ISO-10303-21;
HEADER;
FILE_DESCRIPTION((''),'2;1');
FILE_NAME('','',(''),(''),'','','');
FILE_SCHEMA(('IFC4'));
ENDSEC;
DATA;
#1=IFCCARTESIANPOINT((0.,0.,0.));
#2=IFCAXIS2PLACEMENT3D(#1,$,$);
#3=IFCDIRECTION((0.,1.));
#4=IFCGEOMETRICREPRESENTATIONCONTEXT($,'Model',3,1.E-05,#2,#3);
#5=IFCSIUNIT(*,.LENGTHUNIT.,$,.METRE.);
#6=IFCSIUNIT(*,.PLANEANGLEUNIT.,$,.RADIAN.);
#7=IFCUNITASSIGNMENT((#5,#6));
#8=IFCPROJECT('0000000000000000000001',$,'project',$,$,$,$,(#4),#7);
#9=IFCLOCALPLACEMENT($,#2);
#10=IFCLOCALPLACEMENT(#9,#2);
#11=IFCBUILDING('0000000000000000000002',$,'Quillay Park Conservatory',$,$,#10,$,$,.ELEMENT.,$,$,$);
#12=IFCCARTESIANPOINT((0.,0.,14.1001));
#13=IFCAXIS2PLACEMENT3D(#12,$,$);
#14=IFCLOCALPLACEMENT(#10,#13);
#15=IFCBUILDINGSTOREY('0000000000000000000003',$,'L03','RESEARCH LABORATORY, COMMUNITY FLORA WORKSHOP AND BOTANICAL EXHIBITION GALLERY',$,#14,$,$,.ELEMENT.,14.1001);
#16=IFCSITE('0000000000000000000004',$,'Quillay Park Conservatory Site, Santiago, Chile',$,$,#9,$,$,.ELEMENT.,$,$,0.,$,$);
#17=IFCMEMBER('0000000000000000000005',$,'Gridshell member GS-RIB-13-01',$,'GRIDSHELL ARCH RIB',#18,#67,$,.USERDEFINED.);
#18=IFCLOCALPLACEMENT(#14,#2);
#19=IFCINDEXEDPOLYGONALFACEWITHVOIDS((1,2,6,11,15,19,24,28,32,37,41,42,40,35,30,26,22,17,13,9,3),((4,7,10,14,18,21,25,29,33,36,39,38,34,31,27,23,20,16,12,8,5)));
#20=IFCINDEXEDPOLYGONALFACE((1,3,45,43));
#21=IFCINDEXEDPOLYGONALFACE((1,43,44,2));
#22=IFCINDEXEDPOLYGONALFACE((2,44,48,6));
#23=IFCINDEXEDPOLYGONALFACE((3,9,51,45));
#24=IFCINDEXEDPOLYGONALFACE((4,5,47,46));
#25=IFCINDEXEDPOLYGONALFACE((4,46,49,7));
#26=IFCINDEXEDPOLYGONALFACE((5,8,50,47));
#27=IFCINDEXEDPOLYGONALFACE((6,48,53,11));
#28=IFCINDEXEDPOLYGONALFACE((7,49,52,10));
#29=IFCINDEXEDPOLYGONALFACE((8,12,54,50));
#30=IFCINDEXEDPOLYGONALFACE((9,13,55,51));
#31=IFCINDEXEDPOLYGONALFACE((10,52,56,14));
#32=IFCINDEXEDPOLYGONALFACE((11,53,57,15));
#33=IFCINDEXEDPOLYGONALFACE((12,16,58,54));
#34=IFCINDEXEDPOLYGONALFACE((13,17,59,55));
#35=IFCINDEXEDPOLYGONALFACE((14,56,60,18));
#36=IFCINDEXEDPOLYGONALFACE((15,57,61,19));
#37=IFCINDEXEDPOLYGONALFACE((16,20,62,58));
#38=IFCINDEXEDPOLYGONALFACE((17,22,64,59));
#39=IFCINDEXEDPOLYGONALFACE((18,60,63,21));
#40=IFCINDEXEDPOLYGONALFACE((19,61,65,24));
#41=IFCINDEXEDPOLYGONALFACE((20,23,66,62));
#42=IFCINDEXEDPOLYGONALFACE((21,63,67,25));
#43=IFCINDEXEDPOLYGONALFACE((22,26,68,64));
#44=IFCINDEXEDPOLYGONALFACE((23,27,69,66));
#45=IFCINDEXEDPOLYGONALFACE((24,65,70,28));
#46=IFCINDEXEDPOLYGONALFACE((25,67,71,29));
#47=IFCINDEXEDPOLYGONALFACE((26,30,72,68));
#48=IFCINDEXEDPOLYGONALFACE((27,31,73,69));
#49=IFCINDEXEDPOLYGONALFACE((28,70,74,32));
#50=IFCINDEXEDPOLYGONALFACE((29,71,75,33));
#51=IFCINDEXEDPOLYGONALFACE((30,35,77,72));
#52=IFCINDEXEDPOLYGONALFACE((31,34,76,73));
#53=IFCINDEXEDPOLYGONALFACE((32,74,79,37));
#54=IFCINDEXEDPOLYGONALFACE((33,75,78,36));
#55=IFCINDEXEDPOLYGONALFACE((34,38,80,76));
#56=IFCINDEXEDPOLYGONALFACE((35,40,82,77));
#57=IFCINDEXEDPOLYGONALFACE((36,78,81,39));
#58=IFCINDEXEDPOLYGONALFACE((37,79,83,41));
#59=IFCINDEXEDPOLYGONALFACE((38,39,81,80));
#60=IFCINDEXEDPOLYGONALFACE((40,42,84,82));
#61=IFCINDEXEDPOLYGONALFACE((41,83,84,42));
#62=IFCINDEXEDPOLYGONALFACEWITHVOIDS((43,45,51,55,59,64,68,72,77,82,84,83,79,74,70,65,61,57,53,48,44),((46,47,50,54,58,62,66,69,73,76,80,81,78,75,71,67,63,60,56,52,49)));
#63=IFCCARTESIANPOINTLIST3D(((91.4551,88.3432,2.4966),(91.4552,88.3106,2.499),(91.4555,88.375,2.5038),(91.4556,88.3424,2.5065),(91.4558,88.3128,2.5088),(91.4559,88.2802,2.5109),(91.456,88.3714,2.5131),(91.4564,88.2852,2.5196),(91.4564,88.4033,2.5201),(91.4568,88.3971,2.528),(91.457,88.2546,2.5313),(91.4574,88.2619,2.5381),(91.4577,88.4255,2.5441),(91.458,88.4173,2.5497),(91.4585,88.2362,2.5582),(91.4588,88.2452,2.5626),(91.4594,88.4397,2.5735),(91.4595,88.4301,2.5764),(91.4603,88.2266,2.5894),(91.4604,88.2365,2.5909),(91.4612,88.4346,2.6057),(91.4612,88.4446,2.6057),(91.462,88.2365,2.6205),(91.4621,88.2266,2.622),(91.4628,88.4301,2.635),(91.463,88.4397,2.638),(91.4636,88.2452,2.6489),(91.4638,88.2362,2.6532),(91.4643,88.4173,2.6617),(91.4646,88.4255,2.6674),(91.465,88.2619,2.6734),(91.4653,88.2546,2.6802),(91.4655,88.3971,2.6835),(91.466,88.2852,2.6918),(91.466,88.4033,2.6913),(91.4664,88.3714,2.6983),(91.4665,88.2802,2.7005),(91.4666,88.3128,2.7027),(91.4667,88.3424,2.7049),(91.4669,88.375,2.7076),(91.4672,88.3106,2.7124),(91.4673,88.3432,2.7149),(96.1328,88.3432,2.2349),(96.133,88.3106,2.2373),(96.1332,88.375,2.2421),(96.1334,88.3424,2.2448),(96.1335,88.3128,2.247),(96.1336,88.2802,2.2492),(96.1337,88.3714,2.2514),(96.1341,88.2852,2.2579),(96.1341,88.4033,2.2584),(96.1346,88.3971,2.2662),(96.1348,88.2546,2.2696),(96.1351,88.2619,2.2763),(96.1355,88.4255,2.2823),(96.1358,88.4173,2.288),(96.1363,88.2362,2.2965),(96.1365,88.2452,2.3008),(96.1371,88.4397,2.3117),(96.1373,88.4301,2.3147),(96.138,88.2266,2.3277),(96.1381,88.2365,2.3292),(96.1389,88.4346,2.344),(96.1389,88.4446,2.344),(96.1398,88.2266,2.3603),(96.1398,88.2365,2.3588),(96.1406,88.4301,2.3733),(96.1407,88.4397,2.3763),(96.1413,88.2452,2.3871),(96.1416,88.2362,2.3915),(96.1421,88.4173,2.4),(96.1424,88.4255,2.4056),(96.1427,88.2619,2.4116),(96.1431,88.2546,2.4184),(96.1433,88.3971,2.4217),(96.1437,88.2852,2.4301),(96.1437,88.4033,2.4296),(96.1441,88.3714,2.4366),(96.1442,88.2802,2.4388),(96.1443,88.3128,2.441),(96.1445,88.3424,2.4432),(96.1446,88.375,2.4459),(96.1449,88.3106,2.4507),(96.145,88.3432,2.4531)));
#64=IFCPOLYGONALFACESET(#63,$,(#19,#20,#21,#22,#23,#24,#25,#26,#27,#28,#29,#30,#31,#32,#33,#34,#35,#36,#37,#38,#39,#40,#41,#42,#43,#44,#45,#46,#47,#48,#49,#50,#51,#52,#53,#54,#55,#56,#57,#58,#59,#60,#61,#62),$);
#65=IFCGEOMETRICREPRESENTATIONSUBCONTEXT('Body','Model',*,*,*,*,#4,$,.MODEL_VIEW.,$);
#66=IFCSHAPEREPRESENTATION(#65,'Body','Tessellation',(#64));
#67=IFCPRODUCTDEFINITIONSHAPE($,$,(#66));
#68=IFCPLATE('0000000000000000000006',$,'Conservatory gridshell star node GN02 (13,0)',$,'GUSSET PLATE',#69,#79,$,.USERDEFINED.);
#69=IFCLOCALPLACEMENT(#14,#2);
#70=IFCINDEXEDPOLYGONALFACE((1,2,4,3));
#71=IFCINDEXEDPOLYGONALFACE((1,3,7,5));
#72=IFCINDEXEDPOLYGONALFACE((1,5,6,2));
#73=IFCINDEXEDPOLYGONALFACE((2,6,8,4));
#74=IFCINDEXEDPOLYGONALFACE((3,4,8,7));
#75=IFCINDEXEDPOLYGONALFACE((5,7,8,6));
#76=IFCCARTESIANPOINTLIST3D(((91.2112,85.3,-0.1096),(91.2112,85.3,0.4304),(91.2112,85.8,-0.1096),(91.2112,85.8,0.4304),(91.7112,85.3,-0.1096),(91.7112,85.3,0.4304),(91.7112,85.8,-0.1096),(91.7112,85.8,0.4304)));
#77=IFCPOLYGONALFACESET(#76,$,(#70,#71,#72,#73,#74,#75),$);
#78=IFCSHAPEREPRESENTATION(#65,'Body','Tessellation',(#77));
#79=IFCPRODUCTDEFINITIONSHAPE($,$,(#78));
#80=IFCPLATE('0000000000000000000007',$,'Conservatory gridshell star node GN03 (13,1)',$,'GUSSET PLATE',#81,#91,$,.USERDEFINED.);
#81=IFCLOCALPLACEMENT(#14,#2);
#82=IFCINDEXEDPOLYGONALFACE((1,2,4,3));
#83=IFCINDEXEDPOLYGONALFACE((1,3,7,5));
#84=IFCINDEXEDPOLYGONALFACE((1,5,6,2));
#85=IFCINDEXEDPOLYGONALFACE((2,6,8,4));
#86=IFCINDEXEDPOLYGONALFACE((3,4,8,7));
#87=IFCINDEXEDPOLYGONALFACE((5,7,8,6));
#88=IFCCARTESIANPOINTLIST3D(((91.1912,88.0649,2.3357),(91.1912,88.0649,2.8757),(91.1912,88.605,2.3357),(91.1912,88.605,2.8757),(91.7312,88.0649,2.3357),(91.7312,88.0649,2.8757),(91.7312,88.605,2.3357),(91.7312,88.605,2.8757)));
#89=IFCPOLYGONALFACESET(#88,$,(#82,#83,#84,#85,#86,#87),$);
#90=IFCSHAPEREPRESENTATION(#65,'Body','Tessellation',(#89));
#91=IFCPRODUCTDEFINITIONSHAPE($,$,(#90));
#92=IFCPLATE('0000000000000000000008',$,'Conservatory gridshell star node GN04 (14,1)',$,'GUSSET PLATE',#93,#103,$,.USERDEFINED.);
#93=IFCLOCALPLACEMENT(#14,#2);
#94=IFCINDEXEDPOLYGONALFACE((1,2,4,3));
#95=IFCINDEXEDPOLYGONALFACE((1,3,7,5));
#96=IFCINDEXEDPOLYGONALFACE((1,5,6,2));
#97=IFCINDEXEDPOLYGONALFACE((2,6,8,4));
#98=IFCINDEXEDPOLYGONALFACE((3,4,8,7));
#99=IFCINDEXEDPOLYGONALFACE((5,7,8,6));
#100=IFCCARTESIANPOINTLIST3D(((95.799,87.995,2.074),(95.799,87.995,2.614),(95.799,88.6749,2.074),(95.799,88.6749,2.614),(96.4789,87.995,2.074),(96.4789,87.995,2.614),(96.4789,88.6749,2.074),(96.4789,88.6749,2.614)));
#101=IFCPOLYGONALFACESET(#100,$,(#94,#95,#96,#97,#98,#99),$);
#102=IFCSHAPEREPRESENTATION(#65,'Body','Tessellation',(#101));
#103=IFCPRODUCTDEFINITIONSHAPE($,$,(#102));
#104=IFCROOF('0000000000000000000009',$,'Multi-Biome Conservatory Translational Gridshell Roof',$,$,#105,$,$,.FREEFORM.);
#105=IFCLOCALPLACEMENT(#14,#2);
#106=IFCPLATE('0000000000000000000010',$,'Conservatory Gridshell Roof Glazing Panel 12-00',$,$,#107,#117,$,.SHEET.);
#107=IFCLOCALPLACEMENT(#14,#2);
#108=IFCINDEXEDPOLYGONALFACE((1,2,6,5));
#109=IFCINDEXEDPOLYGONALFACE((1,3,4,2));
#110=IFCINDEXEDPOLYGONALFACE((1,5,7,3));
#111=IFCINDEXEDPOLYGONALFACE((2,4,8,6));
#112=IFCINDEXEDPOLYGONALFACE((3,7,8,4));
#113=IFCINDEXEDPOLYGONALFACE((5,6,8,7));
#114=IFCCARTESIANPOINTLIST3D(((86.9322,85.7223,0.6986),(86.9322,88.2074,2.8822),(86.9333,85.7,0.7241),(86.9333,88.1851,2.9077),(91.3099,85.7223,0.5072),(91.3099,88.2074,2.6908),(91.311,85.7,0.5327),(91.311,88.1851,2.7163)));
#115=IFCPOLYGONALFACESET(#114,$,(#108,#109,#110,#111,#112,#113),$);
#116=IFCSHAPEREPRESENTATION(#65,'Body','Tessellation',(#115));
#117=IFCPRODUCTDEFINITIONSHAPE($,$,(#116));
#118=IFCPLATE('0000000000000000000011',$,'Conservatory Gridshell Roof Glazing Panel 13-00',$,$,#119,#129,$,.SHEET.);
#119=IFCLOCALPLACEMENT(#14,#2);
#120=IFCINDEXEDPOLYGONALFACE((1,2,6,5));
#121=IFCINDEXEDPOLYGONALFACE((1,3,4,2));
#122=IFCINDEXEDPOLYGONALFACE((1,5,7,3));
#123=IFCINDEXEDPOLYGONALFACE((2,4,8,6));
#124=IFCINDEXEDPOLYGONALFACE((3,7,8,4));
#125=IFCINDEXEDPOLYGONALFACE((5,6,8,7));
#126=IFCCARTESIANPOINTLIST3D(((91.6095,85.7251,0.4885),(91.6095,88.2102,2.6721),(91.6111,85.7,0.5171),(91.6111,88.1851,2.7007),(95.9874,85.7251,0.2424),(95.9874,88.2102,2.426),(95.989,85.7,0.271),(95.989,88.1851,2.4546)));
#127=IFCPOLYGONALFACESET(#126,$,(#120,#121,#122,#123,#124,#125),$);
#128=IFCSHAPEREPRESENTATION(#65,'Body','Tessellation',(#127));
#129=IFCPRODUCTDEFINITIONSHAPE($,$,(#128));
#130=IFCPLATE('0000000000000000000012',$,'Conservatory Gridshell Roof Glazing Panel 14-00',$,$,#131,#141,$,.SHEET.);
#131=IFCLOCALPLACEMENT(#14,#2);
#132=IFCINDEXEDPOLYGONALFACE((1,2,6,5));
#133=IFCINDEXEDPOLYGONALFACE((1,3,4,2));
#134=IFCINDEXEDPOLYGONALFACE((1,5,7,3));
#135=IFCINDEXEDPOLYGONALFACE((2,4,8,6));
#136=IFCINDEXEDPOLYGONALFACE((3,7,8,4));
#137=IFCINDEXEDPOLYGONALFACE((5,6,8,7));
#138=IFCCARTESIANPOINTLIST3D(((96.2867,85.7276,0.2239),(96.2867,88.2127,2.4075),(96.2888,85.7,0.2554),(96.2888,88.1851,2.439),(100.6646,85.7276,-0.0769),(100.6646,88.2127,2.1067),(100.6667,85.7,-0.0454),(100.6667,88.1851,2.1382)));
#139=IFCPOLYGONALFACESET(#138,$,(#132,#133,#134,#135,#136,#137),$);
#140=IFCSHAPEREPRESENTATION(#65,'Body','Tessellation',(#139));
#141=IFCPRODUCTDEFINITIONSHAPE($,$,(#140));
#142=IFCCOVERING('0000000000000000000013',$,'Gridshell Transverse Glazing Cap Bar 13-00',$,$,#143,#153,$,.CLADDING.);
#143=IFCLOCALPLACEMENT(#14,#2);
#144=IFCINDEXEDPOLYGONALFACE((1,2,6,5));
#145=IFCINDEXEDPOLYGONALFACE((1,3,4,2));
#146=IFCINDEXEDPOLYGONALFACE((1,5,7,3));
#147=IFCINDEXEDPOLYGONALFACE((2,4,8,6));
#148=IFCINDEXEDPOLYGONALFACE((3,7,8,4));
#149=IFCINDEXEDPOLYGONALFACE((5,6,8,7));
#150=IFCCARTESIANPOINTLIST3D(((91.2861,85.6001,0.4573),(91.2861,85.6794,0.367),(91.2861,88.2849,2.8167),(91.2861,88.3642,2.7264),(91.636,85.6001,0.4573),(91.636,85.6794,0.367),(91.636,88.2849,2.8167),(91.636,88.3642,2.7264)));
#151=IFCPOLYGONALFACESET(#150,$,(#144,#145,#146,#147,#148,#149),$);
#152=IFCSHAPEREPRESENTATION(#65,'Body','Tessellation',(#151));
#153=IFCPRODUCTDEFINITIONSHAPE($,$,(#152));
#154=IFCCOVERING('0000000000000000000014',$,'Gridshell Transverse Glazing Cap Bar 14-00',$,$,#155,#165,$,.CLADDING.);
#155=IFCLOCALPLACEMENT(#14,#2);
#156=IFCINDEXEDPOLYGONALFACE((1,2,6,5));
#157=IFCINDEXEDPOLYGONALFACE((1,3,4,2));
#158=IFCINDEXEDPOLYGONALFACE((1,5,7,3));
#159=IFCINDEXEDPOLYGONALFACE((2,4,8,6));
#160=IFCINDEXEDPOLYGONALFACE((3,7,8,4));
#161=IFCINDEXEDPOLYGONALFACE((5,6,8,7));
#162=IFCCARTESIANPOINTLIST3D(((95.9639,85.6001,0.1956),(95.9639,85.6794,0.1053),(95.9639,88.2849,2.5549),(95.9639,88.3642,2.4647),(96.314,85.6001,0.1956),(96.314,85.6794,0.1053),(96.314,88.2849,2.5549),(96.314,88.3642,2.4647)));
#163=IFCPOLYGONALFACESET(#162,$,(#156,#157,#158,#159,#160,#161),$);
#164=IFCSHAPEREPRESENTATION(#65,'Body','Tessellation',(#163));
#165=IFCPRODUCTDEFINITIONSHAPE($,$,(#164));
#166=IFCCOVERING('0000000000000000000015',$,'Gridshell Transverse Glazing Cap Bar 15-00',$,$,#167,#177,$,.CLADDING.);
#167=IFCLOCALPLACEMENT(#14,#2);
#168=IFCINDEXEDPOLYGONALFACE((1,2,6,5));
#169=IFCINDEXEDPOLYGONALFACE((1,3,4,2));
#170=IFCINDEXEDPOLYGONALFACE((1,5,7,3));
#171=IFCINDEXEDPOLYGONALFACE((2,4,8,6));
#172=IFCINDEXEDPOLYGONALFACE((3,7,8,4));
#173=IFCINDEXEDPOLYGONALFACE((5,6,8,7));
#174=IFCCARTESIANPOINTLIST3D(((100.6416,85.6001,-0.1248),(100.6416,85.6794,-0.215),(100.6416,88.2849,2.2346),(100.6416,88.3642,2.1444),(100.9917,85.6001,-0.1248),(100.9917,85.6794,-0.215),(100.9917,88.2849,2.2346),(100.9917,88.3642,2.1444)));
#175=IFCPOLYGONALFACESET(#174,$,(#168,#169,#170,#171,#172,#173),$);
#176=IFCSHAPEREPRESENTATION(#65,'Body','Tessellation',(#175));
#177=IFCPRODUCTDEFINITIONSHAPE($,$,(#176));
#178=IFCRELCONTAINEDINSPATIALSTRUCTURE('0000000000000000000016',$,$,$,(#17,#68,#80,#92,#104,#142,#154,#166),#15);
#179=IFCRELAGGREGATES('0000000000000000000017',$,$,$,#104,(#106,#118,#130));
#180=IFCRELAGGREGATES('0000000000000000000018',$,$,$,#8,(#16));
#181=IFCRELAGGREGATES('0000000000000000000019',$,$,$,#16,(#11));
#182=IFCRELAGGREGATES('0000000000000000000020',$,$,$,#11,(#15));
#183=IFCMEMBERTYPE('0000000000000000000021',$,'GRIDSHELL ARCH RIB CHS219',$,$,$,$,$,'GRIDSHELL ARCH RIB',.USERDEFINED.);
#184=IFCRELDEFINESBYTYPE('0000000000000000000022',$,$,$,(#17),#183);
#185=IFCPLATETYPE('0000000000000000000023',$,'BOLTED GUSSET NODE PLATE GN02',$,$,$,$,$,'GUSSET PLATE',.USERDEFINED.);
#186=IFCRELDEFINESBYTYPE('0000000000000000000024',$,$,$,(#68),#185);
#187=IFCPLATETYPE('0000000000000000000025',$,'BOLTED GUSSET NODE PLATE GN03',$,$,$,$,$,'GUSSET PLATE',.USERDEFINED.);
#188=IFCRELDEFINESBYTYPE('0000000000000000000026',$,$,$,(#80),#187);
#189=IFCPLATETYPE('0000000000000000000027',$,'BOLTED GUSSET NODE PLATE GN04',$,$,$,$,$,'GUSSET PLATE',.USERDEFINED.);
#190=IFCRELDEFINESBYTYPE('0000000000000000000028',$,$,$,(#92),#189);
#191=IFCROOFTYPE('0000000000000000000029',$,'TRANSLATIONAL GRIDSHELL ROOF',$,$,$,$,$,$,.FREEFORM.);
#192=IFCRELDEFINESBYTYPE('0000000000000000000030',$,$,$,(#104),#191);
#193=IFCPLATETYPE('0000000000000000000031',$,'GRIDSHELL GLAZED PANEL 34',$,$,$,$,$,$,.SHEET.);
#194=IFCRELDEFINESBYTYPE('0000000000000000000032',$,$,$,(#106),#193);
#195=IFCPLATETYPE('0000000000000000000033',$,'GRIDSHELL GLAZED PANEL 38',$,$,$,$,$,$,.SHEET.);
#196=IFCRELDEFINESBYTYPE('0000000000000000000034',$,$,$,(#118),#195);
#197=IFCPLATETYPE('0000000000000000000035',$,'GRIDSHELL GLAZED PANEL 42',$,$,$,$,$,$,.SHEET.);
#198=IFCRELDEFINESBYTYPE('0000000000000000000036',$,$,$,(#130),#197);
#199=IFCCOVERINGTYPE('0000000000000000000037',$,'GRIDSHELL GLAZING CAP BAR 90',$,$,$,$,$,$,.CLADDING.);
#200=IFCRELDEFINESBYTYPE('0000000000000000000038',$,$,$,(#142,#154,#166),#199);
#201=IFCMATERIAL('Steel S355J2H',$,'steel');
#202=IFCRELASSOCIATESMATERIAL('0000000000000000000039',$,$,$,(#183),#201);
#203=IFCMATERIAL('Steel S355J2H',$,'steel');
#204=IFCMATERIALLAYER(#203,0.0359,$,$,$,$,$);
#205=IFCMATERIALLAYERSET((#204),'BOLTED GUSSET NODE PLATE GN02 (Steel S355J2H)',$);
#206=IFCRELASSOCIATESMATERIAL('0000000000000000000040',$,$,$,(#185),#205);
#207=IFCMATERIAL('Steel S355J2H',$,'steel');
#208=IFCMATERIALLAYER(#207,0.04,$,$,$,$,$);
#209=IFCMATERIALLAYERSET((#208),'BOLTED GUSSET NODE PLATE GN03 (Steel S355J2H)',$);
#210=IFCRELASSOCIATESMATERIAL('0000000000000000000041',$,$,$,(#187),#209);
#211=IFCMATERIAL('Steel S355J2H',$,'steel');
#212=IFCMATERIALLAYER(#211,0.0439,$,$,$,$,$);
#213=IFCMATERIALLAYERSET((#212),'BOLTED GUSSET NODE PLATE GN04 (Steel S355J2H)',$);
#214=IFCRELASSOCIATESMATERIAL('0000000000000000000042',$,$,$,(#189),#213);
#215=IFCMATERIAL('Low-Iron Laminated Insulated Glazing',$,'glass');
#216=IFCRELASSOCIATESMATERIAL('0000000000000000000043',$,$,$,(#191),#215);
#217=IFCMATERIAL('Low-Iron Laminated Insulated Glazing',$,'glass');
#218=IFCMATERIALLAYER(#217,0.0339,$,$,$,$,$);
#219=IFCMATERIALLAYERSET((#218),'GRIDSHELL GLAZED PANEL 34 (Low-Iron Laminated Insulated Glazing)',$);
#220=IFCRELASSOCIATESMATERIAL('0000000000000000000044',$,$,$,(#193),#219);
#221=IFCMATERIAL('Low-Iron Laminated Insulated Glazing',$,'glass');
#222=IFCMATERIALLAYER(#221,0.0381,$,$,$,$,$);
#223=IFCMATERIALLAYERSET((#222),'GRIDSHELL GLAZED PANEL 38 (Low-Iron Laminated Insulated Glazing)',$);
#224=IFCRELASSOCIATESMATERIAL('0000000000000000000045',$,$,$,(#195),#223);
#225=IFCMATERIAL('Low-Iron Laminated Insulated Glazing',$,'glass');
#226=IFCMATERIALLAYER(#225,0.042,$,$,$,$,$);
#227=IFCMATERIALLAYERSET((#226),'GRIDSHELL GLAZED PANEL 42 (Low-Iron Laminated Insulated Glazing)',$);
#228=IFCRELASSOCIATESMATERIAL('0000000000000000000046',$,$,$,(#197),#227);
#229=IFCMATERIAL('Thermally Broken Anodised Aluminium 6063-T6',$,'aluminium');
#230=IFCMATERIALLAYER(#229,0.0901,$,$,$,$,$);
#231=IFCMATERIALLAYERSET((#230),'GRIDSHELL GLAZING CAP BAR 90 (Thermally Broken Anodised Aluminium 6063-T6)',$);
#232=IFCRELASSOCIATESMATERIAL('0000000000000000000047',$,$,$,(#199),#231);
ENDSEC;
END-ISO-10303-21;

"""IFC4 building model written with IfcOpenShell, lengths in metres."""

from ifc_helpers import new_model, si_unit, direction, frame, origin, origin_2d, place, context, subcontext, project, spatial, polyline, rectangle, hollow_circle, outline, extrude, material, layer, layer_set, material_profile, profile_set, type_object, element, aggregate, save


model = new_model("IFC4")

# Units and contexts
model_context = context("Model", 3, precision=1e-05, world=origin(), true_north=direction((0.0, 1.0)))
body_context = subcontext(model_context, "Body", "Model", "MODEL_VIEW")
ifc_project = project(units=[si_unit("LENGTHUNIT", "METRE"), si_unit("PLANEANGLEUNIT", "RADIAN")], contexts=[model_context])

# Site, building, storey
site_placement = place(None, origin())
site = spatial("IfcSite", under=ifc_project, at=site_placement, Name="Quillay Park Conservatory Site, Santiago, Chile", CompositionType="ELEMENT", RefElevation=0.0)
building_placement = place(site_placement, origin())
building = spatial("IfcBuilding", under=site, at=building_placement, Name="Quillay Park Conservatory", CompositionType="ELEMENT")
storey_placement = place(building_placement, frame((0.0, 0.0, 14.1001)))
storey = spatial("IfcBuildingStorey", under=building, at=storey_placement, Name="L03", Description="RESEARCH LABORATORY, COMMUNITY FLORA WORKSHOP AND BOTANICAL EXHIBITION GALLERY", CompositionType="ELEMENT", Elevation=14.1001)

# Member
ifc_material_1 = material(Name="Steel S355J2H", Category="steel")
ifc_material_profile_1 = material_profile(ifc_material_1, hollow_circle(Radius=0.1096, WallThickness=0.01, at=origin_2d()), Name="CHS219.1x10")
ifc_profile_set_1 = profile_set([ifc_material_profile_1], Name="Steel S355J2H")
member_type = type_object("IfcMemberType", Name="GRIDSHELL ARCH RIB CHS219", ElementType="GRIDSHELL ARCH RIB", PredefinedType="USERDEFINED", material=ifc_profile_set_1)
member_1_placement = place(storey_placement, frame((91.4612, 88.335, 2.6057), z_axis=(0.998438, 0.0, -0.055863), x_axis=(0.0, 1.0, 0.0)))
element("IfcMember", 1, at=member_1_placement, inside=storey, type_object=member_type, Name="Gridshell member GS-RIB-13-01", ObjectType="GRIDSHELL ARCH RIB", PredefinedType="USERDEFINED", context=body_context, shape_type="SweptSolid", body=[
    extrude(hollow_circle(Radius=0.1096, WallThickness=0.01, at=origin_2d()), origin(), (0.0, 0.0, 1.0), 4.6851),
])

# Plates
ifc_material_2 = material(Name="Steel S355J2H", Category="steel")
ifc_layer_1 = layer(ifc_material_2, 0.0359)
ifc_layer_set_1 = layer_set([ifc_layer_1], Name="BOLTED GUSSET NODE PLATE GN02 (Steel S355J2H)")
plate_type_1 = type_object("IfcPlateType", Name="BOLTED GUSSET NODE PLATE GN02", ElementType="GUSSET PLATE", PredefinedType="USERDEFINED", material=ifc_layer_set_1)
plate_1_placement = place(storey_placement, frame((91.4612, 85.55, -0.1096), z_axis=(0.0, 0.0, 1.0), x_axis=(1.0, 0.0, 0.0)))
element("IfcPlate", 2, at=plate_1_placement, inside=storey, type_object=plate_type_1, Name="Conservatory gridshell star node GN02 (13,0)", ObjectType="GUSSET PLATE", PredefinedType="USERDEFINED", context=body_context, shape_type="SweptSolid", body=[
    extrude(rectangle(XDim=0.5, YDim=0.5, at=origin_2d()), origin(), (0.0, 0.0, 1.0), 0.54),
])
ifc_material_3 = material(Name="Steel S355J2H", Category="steel")
ifc_layer_2 = layer(ifc_material_3, 0.04)
ifc_layer_set_2 = layer_set([ifc_layer_2], Name="BOLTED GUSSET NODE PLATE GN03 (Steel S355J2H)")
plate_type_2 = type_object("IfcPlateType", Name="BOLTED GUSSET NODE PLATE GN03", ElementType="GUSSET PLATE", PredefinedType="USERDEFINED", material=ifc_layer_set_2)
plate_2_placement = place(storey_placement, frame((91.4612, 88.335, 2.3357), z_axis=(0.0, 0.0, 1.0), x_axis=(1.0, 0.0, 0.0)))
element("IfcPlate", 3, at=plate_2_placement, inside=storey, type_object=plate_type_2, Name="Conservatory gridshell star node GN03 (13,1)", ObjectType="GUSSET PLATE", PredefinedType="USERDEFINED", context=body_context, shape_type="SweptSolid", body=[
    extrude(rectangle(XDim=0.54, YDim=0.54, at=origin_2d()), origin(), (0.0, 0.0, 1.0), 0.54),
])
ifc_material_4 = material(Name="Steel S355J2H", Category="steel")
ifc_layer_3 = layer(ifc_material_4, 0.0439)
ifc_layer_set_3 = layer_set([ifc_layer_3], Name="BOLTED GUSSET NODE PLATE GN04 (Steel S355J2H)")
plate_type_3 = type_object("IfcPlateType", Name="BOLTED GUSSET NODE PLATE GN04", ElementType="GUSSET PLATE", PredefinedType="USERDEFINED", material=ifc_layer_set_3)
plate_3_placement = place(storey_placement, frame((96.1389, 88.335, 2.074), z_axis=(0.0, 0.0, 1.0), x_axis=(1.0, 0.0, 0.0)))
element("IfcPlate", 4, at=plate_3_placement, inside=storey, type_object=plate_type_3, Name="Conservatory gridshell star node GN04 (14,1)", ObjectType="GUSSET PLATE", PredefinedType="USERDEFINED", context=body_context, shape_type="SweptSolid", body=[
    extrude(rectangle(XDim=0.6799, YDim=0.6799, at=origin_2d()), origin(), (0.0, 0.0, 1.0), 0.54),
])

# Roof, plates
ifc_material_5 = material(Name="Low-Iron Laminated Insulated Glazing", Category="glass")
roof_type = type_object("IfcRoofType", Name="TRANSLATIONAL GRIDSHELL ROOF", PredefinedType="FREEFORM", material=ifc_material_5)
roof_placement = place(storey_placement, origin())
roof = element("IfcRoof", 5, at=roof_placement, inside=storey, type_object=roof_type, Name="Multi-Biome Conservatory Translational Gridshell Roof", PredefinedType="FREEFORM")
ifc_material_6 = material(Name="Low-Iron Laminated Insulated Glazing", Category="glass")
ifc_layer_4 = layer(ifc_material_6, 0.0339)
ifc_layer_set_4 = layer_set([ifc_layer_4], Name="GRIDSHELL GLAZED PANEL 34 (Low-Iron Laminated Insulated Glazing)")
plate_type_4 = type_object("IfcPlateType", Name="GRIDSHELL GLAZED PANEL 34", PredefinedType="SHEET", material=ifc_layer_set_4)
plate_4_placement = place(storey_placement, frame((86.9333, 85.7, 0.7241), z_axis=(0.032827, -0.65971, 0.750803), x_axis=(0.999046, 0.0, -0.043681)))
plate_4 = element("IfcPlate", 6, at=plate_4_placement, type_object=plate_type_4, Name="Conservatory Gridshell Roof Glazing Panel 12-00", PredefinedType="SHEET", context=body_context, shape_type="SweptSolid", body=[
    extrude(outline(polyline([(0.0, 0.0), (4.3819, 0.0), (4.2865, 3.3068), (-0.0954, 3.3068), (0.0, 0.0)])), origin(), (0.0, 0.0, -1.0), 0.0339),
])
ifc_material_7 = material(Name="Low-Iron Laminated Insulated Glazing", Category="glass")
ifc_layer_5 = layer(ifc_material_7, 0.0381)
ifc_layer_set_5 = layer_set([ifc_layer_5], Name="GRIDSHELL GLAZED PANEL 38 (Low-Iron Laminated Insulated Glazing)")
plate_type_5 = type_object("IfcPlateType", Name="GRIDSHELL GLAZED PANEL 38", PredefinedType="SHEET", material=ifc_layer_set_5)
plate_5_placement = place(storey_placement, frame((91.6111, 85.7, 0.5171), z_axis=(0.04219, -0.659478, 0.750539), x_axis=(0.998424, 0.0, -0.056124)))
plate_5 = element("IfcPlate", 7, at=plate_5_placement, type_object=plate_type_5, Name="Conservatory Gridshell Roof Glazing Panel 13-00", PredefinedType="SHEET", context=body_context, shape_type="SweptSolid", body=[
    extrude(outline(polyline([(0.0, 0.0), (4.3848, 0.0), (4.2623, 3.3059), (-0.1226, 3.3059), (0.0, 0.0)])), origin(), (0.0, 0.0, -1.0), 0.0381),
])
ifc_material_8 = material(Name="Low-Iron Laminated Insulated Glazing", Category="glass")
ifc_layer_6 = layer(ifc_material_8, 0.042)
ifc_layer_set_6 = layer_set([ifc_layer_6], Name="GRIDSHELL GLAZED PANEL 42 (Low-Iron Laminated Insulated Glazing)")
plate_type_6 = type_object("IfcPlateType", Name="GRIDSHELL GLAZED PANEL 42", PredefinedType="SHEET", material=ifc_layer_set_6)
plate_6_placement = place(storey_placement, frame((96.2888, 85.7, 0.2554), z_axis=(0.051542, -0.659188, 0.75021), x_axis=(0.997648, 0.0, -0.068542)))
plate_6 = element("IfcPlate", 8, at=plate_6_placement, type_object=plate_type_6, Name="Conservatory Gridshell Roof Glazing Panel 14-00", PredefinedType="SHEET", context=body_context, shape_type="SweptSolid", body=[
    extrude(outline(polyline([(0.0, 0.0), (4.3882, 0.0), (4.2386, 3.3048), (-0.1497, 3.3048), (0.0, 0.0)])), origin(), (0.0, 0.0, -1.0), 0.042),
])
aggregate(roof, [plate_4, plate_5, plate_6])

# Coverings
ifc_material_9 = material(Name="Thermally Broken Anodised Aluminium 6063-T6", Category="aluminium")
ifc_layer_7 = layer(ifc_material_9, 0.0901)
ifc_layer_set_7 = layer_set([ifc_layer_7], Name="GRIDSHELL GLAZING CAP BAR 90 (Thermally Broken Anodised Aluminium 6063-T6)")
covering_type = type_object("IfcCoveringType", Name="GRIDSHELL GLAZING CAP BAR 90", PredefinedType="CLADDING", material=ifc_layer_set_7)
covering_1_placement = place(storey_placement, frame((91.2861, 85.6001, 0.4573), z_axis=(0.0, -0.660113, 0.751166), x_axis=(1.0, 0.0, 0.0)))
element("IfcCovering", 9, at=covering_1_placement, inside=storey, type_object=covering_type, Name="Gridshell Transverse Glazing Cap Bar 13-00", PredefinedType="CLADDING", context=body_context, shape_type="SweptSolid", body=[
    extrude(outline(polyline([(0.0, 0.0), (0.3499, 0.0), (0.3499, 3.5742), (0.0, 3.5742), (0.0, 0.0)])), origin(), (0.0, 0.0, -1.0), 0.1201),
])
for number, where, z_axis, x_axis, name in (
    (10, (95.9639, 85.6001, 0.1956), (0.0, -0.660113, 0.751166), (1.0, 0.0, 0.0), "Gridshell Transverse Glazing Cap Bar 14-00"),
    (11, (100.6416, 85.6001, -0.1248), (0.0, -0.660113, 0.751166), (1.0, 0.0, 0.0), "Gridshell Transverse Glazing Cap Bar 15-00"),
):
    element("IfcCovering", number, at=place(storey_placement, frame(where, z_axis=z_axis, x_axis=x_axis)), inside=storey, type_object=covering_type, Name=name, PredefinedType="CLADDING", context=body_context, shape_type="SweptSolid", body=[
        extrude(outline(polyline([(0.0, 0.0), (0.3501, 0.0), (0.3501, 3.5742), (0.0, 3.5742), (0.0, 0.0)])), origin(), (0.0, 0.0, -1.0), 0.1201),
    ])

save(model, "model.ifc")
